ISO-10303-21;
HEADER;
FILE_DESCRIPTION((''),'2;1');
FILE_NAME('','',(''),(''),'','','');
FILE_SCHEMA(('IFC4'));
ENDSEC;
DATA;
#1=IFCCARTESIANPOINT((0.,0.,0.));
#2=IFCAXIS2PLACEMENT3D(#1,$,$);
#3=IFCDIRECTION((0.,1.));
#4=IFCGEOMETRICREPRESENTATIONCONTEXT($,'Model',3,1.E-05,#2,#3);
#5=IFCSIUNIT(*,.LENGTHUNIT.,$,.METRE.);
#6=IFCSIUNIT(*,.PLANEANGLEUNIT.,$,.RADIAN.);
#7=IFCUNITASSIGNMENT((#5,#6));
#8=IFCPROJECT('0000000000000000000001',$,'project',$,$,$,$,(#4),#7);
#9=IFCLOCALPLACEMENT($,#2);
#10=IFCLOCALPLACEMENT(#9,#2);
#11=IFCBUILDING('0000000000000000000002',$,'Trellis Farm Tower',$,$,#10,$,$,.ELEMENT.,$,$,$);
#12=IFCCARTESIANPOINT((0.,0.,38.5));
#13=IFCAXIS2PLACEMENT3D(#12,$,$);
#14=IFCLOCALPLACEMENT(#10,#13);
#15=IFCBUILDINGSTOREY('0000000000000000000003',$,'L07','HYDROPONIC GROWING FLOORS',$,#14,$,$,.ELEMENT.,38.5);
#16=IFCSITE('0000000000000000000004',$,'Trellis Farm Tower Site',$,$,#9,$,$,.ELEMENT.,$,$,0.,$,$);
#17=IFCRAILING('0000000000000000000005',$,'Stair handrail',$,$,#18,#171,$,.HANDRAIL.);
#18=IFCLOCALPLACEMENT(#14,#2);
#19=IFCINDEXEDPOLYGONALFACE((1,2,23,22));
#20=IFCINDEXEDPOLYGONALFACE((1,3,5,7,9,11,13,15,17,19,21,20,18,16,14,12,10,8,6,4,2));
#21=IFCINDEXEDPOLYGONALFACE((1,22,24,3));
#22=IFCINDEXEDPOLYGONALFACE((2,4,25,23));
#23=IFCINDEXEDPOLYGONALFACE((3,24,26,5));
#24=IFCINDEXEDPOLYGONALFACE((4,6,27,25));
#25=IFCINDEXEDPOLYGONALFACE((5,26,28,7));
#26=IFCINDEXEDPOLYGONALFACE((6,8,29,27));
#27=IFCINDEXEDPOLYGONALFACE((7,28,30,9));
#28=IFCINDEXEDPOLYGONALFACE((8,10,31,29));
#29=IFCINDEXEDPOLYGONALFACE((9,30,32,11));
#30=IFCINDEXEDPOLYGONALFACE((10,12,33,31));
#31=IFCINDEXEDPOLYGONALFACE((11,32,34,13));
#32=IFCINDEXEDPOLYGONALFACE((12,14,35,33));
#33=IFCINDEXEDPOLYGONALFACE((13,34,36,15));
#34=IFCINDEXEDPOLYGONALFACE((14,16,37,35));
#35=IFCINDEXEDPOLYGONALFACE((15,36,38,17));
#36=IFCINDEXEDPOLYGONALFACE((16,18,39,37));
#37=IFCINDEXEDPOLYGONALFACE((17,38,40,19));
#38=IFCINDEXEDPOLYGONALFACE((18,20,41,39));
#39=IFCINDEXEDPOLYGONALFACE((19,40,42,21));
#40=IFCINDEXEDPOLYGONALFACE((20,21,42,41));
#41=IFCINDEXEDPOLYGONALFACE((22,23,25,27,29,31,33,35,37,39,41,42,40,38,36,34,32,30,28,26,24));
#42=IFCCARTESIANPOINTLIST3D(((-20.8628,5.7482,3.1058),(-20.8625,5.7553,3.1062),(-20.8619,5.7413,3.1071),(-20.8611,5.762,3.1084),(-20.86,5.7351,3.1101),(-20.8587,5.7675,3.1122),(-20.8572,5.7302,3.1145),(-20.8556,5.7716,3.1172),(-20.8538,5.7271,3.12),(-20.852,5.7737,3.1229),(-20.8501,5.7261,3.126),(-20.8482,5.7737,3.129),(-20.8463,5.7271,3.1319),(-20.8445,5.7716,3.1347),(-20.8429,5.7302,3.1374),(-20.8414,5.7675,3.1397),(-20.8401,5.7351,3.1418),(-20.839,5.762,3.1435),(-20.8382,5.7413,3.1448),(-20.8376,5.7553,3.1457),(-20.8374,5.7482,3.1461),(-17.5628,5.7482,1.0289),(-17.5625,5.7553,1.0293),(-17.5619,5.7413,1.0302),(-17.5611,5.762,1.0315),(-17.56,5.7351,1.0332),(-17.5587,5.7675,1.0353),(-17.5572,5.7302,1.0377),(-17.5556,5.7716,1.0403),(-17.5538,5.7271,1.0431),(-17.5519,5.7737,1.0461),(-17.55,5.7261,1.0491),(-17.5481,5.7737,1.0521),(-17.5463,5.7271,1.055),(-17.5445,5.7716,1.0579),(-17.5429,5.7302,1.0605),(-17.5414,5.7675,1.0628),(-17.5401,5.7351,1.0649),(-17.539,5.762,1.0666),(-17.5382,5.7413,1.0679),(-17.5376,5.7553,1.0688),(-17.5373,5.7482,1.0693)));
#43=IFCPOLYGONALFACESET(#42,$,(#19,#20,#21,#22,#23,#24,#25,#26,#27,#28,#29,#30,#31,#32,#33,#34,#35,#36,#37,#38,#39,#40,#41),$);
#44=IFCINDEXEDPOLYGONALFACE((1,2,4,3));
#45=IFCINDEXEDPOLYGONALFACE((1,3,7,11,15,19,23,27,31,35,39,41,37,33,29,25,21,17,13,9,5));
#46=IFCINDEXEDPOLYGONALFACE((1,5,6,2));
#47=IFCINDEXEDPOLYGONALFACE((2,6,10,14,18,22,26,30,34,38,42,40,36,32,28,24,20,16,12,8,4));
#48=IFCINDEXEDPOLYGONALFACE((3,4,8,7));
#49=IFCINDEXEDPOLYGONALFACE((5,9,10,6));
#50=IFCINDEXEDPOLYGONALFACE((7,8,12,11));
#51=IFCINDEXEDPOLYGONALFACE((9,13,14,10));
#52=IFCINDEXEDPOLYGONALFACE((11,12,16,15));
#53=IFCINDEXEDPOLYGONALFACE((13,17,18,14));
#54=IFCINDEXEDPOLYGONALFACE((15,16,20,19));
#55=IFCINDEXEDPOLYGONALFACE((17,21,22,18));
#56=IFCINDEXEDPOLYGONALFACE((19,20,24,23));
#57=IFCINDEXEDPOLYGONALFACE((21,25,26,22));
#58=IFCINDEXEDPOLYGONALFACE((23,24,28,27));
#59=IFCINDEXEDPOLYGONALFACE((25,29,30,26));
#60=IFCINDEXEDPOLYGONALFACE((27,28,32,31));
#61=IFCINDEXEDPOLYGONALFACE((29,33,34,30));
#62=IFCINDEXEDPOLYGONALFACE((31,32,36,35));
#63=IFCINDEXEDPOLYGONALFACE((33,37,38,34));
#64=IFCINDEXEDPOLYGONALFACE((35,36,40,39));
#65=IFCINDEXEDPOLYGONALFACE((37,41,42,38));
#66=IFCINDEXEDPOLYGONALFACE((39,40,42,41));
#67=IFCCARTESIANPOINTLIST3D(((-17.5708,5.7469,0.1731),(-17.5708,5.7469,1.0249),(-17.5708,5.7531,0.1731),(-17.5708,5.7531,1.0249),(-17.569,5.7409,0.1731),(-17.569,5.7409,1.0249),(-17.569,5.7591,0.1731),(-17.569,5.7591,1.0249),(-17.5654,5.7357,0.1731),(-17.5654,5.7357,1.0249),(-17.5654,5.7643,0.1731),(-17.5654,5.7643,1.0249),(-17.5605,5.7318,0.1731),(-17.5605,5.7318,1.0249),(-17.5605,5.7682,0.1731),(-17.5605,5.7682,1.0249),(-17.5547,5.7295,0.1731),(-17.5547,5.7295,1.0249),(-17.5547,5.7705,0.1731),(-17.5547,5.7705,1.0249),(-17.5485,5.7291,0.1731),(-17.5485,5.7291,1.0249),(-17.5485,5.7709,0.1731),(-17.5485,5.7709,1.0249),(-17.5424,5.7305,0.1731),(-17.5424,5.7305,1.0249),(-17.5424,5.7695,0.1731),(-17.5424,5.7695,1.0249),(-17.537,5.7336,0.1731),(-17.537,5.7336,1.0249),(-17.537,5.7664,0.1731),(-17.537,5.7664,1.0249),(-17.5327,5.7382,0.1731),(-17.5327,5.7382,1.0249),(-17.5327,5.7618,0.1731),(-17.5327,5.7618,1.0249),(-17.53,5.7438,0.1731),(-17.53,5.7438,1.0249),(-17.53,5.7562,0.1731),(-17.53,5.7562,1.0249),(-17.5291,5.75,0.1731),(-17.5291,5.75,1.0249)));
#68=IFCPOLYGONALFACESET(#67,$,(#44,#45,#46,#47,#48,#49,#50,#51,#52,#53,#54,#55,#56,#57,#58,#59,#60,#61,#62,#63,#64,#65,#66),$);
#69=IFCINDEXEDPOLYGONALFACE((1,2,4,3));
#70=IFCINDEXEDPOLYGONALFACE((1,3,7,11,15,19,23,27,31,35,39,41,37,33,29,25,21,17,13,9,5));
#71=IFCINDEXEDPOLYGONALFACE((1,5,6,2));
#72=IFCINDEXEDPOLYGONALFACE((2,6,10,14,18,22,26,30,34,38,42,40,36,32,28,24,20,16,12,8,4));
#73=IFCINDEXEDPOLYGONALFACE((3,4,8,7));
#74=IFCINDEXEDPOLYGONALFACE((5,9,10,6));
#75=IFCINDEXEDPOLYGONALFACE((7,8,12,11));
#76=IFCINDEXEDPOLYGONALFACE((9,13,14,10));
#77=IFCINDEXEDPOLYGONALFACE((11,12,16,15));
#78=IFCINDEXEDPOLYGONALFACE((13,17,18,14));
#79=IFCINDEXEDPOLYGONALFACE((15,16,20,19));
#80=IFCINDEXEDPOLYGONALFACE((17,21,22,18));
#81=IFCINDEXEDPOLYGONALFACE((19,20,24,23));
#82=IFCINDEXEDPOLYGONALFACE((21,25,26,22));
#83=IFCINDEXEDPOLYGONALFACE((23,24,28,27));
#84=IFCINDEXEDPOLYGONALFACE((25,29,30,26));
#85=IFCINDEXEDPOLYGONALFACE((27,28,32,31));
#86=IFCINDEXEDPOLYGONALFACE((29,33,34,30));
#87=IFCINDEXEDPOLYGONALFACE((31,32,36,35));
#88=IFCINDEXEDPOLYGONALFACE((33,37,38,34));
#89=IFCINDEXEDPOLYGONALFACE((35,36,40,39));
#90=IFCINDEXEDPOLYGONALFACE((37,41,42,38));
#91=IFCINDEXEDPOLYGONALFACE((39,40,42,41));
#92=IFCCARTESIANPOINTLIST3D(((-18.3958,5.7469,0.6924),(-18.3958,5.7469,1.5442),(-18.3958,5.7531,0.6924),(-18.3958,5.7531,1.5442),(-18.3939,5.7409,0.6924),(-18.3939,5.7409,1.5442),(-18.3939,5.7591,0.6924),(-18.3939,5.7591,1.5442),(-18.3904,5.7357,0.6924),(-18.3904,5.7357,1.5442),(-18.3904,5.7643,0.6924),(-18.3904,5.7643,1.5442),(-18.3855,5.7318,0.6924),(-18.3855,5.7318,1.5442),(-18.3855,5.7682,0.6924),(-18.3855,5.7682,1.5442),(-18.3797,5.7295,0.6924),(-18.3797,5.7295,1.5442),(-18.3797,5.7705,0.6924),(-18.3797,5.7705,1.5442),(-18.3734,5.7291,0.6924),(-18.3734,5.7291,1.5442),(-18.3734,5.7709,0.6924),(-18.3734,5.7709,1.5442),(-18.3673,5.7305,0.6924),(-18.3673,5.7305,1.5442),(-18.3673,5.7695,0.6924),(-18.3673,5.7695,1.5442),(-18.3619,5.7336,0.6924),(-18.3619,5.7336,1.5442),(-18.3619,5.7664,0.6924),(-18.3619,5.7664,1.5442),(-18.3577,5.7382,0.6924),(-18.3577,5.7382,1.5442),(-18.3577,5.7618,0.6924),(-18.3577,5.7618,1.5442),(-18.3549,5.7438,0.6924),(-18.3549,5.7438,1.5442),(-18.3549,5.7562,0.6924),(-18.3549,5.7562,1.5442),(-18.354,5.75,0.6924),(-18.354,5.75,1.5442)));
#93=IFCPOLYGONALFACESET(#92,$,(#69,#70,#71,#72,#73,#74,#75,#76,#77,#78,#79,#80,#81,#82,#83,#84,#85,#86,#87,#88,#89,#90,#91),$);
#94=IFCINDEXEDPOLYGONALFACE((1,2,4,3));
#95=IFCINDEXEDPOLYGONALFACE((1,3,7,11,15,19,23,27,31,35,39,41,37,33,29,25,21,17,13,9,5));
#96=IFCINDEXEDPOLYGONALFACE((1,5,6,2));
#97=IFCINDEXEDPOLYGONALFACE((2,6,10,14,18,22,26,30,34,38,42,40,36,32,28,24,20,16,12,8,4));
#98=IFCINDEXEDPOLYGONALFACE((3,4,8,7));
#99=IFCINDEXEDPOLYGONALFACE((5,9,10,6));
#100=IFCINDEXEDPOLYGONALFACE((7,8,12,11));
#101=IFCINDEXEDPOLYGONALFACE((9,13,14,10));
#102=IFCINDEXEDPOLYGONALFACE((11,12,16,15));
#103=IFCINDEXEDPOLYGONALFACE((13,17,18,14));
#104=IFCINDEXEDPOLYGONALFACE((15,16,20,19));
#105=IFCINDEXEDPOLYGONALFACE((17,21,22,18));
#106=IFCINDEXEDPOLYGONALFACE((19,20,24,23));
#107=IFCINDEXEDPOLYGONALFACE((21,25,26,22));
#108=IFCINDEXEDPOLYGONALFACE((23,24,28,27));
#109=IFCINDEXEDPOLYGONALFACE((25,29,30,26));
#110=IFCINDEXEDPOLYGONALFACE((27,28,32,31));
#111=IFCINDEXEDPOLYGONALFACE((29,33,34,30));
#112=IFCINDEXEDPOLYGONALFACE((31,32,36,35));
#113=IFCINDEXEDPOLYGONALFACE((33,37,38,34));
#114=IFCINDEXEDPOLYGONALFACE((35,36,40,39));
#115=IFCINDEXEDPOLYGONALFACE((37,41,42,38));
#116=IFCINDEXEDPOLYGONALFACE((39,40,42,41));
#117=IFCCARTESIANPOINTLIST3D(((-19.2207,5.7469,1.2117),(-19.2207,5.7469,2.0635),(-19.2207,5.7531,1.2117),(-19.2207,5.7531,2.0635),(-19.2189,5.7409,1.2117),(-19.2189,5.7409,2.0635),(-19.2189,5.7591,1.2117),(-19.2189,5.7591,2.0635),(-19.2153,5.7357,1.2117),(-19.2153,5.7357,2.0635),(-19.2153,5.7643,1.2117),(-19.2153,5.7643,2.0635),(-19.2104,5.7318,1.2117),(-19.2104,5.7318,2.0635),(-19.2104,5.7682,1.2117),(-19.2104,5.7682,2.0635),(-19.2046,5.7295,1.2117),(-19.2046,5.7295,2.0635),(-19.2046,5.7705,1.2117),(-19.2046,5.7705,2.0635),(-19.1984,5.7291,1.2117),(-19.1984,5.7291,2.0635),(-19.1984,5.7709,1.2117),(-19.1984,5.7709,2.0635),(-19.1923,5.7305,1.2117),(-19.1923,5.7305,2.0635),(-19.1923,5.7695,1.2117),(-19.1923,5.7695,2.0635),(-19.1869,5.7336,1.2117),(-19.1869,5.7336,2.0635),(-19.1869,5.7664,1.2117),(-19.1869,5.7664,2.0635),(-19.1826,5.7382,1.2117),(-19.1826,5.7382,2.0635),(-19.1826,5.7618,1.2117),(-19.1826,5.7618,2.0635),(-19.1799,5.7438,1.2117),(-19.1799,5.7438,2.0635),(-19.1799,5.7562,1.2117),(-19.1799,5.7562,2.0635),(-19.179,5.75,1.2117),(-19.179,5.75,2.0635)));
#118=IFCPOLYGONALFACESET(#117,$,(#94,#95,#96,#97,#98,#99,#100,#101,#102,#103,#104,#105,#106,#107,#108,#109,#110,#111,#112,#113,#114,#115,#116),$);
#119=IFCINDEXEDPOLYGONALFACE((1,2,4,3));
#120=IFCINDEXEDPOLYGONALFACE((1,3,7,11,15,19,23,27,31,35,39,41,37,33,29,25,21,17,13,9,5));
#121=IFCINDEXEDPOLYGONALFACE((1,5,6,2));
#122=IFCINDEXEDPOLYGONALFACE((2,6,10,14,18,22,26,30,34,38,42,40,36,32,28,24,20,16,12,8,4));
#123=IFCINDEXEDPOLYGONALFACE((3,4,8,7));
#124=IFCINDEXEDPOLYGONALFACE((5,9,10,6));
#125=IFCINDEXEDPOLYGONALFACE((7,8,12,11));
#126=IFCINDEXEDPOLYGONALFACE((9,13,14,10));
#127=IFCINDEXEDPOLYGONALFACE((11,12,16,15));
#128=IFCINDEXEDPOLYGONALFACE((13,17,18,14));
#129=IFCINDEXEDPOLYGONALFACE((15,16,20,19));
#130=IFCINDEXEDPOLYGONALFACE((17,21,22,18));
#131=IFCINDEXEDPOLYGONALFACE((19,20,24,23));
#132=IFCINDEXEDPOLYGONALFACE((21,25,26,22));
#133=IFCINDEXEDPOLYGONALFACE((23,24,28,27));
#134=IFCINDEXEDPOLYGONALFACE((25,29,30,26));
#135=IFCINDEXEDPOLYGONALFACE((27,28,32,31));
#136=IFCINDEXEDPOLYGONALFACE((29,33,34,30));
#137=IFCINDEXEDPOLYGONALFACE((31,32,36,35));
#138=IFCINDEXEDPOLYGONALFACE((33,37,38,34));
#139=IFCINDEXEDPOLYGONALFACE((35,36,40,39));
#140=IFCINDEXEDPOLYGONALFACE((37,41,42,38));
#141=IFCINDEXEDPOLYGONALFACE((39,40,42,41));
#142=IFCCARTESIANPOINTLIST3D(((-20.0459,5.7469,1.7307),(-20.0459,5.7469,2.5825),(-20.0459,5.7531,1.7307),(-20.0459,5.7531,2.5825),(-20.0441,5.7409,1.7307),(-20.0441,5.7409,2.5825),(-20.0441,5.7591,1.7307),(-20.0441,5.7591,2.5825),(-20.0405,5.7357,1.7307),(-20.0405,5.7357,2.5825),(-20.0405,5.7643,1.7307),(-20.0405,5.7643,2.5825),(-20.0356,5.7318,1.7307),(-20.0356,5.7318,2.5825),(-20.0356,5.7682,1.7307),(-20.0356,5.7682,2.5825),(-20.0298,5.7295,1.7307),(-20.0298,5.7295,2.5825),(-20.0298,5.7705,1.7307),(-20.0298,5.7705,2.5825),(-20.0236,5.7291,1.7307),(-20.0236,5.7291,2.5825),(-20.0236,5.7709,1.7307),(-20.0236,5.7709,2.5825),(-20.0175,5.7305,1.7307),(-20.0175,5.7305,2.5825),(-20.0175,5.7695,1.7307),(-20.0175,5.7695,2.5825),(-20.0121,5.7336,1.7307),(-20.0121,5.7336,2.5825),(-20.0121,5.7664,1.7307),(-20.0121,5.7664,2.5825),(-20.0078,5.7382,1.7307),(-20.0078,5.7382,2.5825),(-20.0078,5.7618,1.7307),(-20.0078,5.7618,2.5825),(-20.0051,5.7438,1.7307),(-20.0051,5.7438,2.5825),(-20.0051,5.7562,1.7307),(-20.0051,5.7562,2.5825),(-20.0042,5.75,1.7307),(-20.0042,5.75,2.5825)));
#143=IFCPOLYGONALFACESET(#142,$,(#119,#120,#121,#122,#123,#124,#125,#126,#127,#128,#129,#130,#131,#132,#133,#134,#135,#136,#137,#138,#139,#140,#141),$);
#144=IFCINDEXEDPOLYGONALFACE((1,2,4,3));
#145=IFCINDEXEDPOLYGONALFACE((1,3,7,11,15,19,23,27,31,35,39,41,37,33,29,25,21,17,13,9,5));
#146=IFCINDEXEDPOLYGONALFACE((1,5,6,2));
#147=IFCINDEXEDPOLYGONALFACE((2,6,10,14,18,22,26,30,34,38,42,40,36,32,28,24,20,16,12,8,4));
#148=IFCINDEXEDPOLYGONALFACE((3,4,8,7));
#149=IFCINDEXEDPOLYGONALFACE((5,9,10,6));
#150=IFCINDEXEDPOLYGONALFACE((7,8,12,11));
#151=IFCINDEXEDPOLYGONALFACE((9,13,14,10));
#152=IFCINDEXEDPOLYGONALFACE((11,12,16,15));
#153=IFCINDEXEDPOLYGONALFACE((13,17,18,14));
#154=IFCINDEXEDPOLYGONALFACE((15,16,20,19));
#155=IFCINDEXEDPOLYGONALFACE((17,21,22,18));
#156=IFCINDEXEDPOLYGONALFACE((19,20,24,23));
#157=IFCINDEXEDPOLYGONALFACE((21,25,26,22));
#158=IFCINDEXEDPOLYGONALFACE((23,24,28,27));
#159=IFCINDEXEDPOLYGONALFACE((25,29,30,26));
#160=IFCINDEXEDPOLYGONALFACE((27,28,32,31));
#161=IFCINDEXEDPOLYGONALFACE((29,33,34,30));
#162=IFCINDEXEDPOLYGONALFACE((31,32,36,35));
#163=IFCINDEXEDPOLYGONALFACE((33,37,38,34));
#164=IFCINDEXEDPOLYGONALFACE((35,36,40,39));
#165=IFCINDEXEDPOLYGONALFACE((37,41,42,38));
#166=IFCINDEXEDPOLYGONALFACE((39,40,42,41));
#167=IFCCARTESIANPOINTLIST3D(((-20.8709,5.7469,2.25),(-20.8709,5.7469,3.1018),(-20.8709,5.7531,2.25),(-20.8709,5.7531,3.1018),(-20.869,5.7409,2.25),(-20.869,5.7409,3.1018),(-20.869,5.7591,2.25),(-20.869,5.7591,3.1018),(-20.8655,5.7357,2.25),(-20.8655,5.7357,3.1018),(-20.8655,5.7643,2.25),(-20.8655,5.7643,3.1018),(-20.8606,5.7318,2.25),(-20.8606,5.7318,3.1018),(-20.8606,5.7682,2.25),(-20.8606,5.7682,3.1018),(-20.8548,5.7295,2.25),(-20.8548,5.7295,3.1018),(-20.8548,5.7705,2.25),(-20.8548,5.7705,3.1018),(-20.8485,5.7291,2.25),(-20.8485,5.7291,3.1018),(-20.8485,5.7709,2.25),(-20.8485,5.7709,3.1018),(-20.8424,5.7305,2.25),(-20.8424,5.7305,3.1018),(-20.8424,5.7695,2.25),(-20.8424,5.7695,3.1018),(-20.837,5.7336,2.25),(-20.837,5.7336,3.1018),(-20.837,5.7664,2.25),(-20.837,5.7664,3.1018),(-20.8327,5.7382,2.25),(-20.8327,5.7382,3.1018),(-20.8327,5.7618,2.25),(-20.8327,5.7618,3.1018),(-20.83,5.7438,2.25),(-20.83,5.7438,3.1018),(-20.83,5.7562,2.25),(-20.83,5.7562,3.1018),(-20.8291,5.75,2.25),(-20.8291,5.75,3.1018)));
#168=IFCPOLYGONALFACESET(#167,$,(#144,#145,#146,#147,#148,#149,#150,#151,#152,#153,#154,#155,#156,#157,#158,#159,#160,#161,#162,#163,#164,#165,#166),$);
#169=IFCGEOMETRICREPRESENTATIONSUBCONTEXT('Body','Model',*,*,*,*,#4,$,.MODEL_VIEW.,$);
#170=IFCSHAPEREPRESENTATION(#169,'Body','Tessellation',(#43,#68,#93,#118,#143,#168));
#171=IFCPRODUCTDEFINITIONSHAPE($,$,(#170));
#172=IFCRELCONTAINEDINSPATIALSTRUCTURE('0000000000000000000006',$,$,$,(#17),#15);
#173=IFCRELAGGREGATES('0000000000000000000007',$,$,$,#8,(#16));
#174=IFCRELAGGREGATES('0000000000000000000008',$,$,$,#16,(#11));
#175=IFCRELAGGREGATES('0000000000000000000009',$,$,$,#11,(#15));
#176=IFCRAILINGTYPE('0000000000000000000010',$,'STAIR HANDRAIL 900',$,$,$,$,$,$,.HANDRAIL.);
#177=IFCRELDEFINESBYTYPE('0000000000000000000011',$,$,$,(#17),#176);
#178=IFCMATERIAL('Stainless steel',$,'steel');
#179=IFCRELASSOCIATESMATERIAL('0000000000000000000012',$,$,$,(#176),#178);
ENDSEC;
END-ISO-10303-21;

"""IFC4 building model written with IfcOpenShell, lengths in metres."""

from ifc_helpers import new_model, si_unit, direction, frame, origin, origin_2d, place, context, subcontext, project, spatial, circle, extrude, source, transform, mapped, material, type_object, element, save


model = new_model("IFC4")

# Units and contexts
model_context = context("Model", 3, precision=1e-05, world=origin(), true_north=direction((0.0, 1.0)))
body_context = subcontext(model_context, "Body", "Model", "MODEL_VIEW")
ifc_project = project(units=[si_unit("LENGTHUNIT", "METRE"), si_unit("PLANEANGLEUNIT", "RADIAN")], contexts=[model_context])

# Site, building, storey
site_placement = place(None, origin())
site = spatial("IfcSite", under=ifc_project, at=site_placement, Name="Trellis Farm Tower Site", CompositionType="ELEMENT", RefElevation=0.0)
building_placement = place(site_placement, origin())
building = spatial("IfcBuilding", under=site, at=building_placement, Name="Trellis Farm Tower", CompositionType="ELEMENT")
storey_placement = place(building_placement, frame((0.0, 0.0, 38.5)))
storey = spatial("IfcBuildingStorey", under=building, at=storey_placement, Name="L07", Description="HYDROPONIC GROWING FLOORS", CompositionType="ELEMENT", Elevation=38.5)

# Shared definitions
ifc_material_1 = material(Name="Stainless steel", Category="steel")

# Railing
railing_type = type_object("IfcRailingType", Name="STAIR HANDRAIL 900", PredefinedType="HANDRAIL", material=ifc_material_1)
shared_shape_1 = source(origin(), body_context, "Body", "SweptSolid", [
    extrude(circle(Radius=0.0239, at=origin_2d()), frame((0.0, 0.0, 0.876), z_axis=(-0.846337, 0.0, 0.532647), x_axis=(0.0, -1.0, 0.0)), (0.0, 0.0, 1.0), 3.8992),
    extrude(circle(Radius=0.021, at=origin_2d()), origin(), (0.0, 0.0, 1.0), 0.8518),
    extrude(circle(Radius=0.021, at=origin_2d()), frame((-0.825, 0.0, 0.5193)), (0.0, 0.0, 1.0), 0.8518),
    extrude(circle(Radius=0.021, at=origin_2d()), frame((-1.6499, 0.0, 1.0386)), (0.0, 0.0, 1.0), 0.8518),
    extrude(circle(Radius=0.021, at=origin_2d()), frame((-2.4751, 0.0, 1.5576)), (0.0, 0.0, 1.0), 0.8518),
    extrude(circle(Radius=0.021, at=origin_2d()), frame((-3.3, 0.0, 2.0769)), (0.0, 0.0, 1.0), 0.8518),
])
for number, where, name in (
    (1, (-17.55, 5.75, 0.1731), "Stair handrail"),
):
    element("IfcRailing", number, at=place(storey_placement, frame(where)), inside=storey, type_object=railing_type, Name=name, PredefinedType="HANDRAIL", context=body_context, shape_type="MappedRepresentation", body=[
        mapped(shared_shape_1, transform((0.0, 0.0, 0.0))),
    ])

save(model, "model.ifc")
